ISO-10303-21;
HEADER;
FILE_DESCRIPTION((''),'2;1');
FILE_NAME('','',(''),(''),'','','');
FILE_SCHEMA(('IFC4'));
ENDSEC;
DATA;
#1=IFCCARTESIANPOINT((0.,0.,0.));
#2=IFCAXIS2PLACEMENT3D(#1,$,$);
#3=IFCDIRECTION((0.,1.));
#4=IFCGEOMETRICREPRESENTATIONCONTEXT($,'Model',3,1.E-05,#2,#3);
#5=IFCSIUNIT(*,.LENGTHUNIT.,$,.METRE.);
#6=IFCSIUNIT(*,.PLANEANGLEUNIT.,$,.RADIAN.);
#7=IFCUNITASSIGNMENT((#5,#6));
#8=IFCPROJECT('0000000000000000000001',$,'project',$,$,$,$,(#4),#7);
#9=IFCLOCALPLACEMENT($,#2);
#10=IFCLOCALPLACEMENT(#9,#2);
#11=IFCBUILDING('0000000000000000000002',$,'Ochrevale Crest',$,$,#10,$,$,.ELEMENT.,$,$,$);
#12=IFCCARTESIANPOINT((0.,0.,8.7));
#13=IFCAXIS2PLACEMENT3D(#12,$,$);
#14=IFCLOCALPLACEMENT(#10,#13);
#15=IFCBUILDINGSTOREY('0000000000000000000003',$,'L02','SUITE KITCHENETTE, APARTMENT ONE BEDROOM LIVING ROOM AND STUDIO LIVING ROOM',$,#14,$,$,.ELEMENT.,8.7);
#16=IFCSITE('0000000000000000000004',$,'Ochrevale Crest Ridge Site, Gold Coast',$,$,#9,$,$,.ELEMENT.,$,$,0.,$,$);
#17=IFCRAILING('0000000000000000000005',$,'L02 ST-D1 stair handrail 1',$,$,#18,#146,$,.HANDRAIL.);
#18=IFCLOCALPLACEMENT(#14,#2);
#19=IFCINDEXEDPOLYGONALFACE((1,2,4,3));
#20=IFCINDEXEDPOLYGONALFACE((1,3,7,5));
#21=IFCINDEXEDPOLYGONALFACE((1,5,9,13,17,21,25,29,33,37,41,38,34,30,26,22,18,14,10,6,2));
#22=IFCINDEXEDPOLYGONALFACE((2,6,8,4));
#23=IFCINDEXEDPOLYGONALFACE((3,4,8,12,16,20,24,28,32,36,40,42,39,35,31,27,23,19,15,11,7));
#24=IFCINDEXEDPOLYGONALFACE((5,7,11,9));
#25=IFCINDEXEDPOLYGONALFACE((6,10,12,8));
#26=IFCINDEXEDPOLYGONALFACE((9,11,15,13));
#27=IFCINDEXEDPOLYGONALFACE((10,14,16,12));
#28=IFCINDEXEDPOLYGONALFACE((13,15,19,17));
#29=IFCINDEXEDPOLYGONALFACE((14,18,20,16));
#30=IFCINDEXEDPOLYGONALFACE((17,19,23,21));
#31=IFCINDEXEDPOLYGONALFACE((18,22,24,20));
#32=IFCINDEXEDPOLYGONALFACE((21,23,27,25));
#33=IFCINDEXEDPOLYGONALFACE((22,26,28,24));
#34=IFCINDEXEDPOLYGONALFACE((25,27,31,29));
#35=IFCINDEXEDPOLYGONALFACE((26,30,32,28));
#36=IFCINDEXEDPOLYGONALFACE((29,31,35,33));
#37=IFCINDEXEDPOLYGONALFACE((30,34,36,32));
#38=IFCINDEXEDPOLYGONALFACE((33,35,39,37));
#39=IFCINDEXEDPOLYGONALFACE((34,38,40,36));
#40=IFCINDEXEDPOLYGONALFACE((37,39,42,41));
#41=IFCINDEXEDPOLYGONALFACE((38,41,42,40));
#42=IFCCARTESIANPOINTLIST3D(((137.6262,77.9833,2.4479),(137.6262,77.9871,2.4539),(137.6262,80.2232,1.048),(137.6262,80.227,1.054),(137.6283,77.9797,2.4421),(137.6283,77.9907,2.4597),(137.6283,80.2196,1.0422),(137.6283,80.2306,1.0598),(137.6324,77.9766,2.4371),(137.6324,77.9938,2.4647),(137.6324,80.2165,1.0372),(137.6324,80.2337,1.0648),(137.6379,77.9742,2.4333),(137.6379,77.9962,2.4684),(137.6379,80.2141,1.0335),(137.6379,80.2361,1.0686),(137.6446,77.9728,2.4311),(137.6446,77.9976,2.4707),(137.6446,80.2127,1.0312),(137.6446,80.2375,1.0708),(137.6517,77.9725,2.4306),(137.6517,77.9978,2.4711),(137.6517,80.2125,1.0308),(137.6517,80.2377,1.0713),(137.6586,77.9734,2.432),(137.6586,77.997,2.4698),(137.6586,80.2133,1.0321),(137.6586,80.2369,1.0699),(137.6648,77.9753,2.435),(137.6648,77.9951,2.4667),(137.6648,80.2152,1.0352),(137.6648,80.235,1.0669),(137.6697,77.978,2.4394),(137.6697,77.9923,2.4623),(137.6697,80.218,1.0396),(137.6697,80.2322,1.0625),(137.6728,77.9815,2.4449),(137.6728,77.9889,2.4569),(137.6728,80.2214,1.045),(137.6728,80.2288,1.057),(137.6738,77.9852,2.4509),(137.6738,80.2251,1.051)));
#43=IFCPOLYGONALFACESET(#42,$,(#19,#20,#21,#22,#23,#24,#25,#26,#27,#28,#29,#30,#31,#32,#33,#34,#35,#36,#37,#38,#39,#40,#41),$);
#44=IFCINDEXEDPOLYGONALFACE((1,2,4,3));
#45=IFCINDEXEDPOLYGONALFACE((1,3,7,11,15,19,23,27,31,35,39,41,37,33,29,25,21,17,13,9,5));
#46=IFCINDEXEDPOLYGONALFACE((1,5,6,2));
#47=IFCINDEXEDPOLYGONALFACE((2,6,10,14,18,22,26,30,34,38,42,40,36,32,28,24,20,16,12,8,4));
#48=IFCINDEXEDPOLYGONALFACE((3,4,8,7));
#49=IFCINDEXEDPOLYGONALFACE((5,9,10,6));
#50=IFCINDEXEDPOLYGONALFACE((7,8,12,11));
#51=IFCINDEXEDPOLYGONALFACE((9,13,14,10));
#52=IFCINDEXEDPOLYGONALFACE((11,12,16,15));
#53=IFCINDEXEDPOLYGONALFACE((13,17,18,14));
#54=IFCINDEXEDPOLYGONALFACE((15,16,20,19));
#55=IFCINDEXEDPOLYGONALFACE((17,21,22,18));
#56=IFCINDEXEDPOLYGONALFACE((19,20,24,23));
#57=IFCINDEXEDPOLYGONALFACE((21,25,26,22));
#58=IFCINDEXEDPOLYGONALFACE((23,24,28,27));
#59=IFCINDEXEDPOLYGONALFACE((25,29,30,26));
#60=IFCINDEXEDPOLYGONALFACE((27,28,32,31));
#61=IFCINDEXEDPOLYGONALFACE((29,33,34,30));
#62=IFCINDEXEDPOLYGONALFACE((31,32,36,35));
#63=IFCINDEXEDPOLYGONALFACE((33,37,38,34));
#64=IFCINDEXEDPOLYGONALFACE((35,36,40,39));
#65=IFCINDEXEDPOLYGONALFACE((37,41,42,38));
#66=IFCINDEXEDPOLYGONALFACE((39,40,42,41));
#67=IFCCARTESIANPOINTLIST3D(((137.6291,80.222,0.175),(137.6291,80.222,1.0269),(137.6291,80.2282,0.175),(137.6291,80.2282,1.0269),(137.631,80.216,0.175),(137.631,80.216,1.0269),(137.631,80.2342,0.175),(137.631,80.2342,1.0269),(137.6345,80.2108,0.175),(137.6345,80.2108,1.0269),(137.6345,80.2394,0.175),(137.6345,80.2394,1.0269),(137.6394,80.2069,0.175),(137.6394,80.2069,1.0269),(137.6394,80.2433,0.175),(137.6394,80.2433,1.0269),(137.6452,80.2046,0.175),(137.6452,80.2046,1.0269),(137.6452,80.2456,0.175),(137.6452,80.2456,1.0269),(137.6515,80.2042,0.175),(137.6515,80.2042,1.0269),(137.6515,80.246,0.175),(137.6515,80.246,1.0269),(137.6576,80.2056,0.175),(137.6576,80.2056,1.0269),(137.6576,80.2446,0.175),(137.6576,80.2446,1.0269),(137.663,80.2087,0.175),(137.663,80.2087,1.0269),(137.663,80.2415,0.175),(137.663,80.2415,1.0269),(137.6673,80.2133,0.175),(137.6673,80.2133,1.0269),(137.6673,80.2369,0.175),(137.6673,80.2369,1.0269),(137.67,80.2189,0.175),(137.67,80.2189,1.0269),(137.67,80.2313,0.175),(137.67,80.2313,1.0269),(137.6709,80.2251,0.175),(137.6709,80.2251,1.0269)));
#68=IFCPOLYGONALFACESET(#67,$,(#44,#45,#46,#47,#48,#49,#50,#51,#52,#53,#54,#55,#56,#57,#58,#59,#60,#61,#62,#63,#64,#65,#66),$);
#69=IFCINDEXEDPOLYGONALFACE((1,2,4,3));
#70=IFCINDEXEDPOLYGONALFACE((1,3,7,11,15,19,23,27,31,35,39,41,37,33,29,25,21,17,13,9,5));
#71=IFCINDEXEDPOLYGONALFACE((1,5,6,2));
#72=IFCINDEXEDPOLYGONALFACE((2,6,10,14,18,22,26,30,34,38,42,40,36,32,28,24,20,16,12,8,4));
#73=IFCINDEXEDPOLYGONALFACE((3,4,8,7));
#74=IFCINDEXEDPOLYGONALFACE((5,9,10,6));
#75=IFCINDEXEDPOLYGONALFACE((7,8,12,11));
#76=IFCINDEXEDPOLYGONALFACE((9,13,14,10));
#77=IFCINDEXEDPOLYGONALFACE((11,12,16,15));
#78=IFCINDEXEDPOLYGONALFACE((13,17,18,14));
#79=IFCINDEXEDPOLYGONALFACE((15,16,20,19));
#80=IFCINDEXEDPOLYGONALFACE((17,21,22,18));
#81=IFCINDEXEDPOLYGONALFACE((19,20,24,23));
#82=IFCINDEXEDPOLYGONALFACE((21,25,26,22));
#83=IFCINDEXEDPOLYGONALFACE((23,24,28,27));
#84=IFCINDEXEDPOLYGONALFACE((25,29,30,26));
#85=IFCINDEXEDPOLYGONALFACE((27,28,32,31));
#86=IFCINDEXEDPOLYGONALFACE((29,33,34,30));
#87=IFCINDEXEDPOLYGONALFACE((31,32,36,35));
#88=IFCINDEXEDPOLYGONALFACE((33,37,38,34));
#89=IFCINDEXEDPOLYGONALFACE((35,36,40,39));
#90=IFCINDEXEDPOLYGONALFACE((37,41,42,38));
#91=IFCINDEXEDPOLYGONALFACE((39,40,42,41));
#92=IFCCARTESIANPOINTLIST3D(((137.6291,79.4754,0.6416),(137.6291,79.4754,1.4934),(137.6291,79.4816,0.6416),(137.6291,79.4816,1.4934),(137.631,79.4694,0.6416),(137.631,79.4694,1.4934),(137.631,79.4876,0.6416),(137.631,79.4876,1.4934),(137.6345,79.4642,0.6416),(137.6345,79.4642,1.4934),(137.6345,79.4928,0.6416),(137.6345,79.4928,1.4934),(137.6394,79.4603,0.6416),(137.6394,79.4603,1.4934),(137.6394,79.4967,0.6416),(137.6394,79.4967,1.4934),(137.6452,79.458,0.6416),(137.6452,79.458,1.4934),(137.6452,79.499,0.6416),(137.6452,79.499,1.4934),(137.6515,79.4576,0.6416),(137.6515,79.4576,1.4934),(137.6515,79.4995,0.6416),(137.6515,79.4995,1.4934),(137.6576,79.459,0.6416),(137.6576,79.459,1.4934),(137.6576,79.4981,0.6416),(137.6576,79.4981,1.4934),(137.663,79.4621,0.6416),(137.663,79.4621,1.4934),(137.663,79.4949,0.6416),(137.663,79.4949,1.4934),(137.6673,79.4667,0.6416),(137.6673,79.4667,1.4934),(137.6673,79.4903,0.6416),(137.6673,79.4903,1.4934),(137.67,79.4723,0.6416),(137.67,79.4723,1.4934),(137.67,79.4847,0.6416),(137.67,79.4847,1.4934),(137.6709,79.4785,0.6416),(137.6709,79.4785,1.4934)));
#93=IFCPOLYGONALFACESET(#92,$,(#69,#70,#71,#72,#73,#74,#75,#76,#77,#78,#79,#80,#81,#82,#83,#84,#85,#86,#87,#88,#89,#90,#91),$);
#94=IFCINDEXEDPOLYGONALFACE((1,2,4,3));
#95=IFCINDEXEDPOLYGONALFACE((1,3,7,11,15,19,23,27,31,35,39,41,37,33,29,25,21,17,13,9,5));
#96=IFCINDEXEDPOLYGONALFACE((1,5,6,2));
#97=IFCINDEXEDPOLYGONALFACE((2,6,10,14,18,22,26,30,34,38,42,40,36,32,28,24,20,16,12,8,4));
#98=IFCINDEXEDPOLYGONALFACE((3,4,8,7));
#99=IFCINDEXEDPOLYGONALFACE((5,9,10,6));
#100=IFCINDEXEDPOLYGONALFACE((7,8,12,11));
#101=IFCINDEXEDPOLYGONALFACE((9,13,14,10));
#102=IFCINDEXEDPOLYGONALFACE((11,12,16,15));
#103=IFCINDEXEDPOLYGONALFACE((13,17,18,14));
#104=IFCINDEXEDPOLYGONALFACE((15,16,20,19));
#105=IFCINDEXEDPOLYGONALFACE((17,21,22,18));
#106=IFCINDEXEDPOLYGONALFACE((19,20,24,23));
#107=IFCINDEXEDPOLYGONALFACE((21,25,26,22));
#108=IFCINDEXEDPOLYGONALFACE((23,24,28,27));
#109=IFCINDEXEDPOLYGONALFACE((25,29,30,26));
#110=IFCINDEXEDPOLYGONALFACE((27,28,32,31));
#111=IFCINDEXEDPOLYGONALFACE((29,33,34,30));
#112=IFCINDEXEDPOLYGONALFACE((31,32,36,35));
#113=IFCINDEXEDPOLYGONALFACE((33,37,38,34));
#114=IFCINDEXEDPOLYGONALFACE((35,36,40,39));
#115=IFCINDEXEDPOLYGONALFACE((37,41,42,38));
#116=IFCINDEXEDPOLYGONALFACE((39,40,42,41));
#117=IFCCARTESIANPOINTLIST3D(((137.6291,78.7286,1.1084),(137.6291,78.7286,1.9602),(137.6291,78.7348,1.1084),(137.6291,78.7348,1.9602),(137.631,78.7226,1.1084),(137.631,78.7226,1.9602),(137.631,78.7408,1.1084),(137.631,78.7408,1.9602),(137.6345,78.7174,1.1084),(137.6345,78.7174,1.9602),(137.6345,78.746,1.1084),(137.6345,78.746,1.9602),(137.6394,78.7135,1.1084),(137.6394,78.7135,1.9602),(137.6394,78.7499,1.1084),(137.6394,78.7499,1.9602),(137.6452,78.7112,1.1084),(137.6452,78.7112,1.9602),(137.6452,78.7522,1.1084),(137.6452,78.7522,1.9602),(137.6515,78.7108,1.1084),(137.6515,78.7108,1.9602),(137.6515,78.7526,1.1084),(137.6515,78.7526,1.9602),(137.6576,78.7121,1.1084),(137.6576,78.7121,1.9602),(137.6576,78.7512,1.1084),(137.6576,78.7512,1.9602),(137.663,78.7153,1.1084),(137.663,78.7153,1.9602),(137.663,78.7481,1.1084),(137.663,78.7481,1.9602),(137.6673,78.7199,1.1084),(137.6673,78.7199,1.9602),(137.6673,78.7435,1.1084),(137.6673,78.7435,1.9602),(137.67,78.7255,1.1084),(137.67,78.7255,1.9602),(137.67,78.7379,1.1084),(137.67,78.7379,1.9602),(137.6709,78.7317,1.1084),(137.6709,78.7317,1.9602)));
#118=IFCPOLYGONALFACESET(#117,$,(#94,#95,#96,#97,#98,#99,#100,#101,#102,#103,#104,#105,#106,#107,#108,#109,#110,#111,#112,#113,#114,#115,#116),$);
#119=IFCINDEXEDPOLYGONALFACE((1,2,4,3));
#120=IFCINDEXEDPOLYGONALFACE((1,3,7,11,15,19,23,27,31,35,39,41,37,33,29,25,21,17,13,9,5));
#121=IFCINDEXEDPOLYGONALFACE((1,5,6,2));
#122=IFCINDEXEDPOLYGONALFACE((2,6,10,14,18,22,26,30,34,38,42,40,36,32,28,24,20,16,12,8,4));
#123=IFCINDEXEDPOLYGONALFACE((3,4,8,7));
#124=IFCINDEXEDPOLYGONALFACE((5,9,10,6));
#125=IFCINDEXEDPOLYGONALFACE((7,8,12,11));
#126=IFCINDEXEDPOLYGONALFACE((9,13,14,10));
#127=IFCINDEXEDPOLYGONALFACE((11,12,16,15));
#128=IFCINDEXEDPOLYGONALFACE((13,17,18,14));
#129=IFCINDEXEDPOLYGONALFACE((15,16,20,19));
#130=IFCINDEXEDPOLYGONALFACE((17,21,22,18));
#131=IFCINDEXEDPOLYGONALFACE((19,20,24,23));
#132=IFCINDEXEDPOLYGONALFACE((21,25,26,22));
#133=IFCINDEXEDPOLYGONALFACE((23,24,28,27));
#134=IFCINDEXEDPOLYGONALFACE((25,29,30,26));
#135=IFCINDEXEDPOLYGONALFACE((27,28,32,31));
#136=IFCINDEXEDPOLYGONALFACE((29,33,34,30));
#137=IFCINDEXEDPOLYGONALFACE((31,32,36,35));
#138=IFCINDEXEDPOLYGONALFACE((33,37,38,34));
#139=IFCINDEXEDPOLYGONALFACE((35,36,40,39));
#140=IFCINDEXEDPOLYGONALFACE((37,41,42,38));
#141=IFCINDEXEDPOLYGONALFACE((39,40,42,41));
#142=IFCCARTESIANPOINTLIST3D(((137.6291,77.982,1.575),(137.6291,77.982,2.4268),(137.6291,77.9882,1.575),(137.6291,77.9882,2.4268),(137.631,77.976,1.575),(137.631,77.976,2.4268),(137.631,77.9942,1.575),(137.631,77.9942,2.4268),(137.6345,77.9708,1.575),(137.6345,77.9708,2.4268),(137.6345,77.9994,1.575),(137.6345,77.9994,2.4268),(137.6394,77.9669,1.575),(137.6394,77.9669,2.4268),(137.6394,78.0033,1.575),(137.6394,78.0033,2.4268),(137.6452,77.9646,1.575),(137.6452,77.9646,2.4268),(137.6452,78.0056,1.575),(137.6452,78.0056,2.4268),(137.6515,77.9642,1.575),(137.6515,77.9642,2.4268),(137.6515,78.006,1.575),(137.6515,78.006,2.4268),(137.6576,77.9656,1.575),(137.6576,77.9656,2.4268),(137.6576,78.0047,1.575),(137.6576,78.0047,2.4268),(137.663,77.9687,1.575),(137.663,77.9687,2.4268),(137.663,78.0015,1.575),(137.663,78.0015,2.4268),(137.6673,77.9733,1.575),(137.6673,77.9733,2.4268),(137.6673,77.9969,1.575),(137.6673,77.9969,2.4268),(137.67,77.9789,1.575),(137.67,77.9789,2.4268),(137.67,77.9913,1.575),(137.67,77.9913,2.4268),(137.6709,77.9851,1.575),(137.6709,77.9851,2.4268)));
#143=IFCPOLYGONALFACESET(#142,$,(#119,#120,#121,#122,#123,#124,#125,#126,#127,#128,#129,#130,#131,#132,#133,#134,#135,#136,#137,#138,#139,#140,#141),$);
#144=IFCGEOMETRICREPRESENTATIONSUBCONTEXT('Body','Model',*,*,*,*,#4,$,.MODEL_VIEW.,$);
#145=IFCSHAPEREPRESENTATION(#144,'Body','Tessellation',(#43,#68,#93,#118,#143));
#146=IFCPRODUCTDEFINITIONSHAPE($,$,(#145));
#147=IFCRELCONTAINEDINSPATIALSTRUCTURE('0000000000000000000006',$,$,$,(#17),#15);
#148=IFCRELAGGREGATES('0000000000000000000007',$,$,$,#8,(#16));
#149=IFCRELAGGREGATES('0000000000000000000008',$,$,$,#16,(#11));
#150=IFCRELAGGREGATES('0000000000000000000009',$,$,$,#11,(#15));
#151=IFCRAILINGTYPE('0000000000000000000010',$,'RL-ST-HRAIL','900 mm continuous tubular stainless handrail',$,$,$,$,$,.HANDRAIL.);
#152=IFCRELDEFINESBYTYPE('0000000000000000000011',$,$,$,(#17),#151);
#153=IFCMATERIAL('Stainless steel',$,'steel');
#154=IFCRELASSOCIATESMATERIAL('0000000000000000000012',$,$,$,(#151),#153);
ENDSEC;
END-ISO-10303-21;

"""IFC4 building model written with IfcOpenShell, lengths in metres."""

from ifc_helpers import new_model, si_unit, direction, frame, origin, origin_2d, place, context, subcontext, project, spatial, circle, extrude, material, type_object, element, save


model = new_model("IFC4")

# Units and contexts
model_context = context("Model", 3, precision=1e-05, world=origin(), true_north=direction((0.0, 1.0)))
body_context = subcontext(model_context, "Body", "Model", "MODEL_VIEW")
ifc_project = project(units=[si_unit("LENGTHUNIT", "METRE"), si_unit("PLANEANGLEUNIT", "RADIAN")], contexts=[model_context])

# Site, building, storey
site_placement = place(None, origin())
site = spatial("IfcSite", under=ifc_project, at=site_placement, Name="Ochrevale Crest Ridge Site, Gold Coast", CompositionType="ELEMENT", RefElevation=0.0)
building_placement = place(site_placement, origin())
building = spatial("IfcBuilding", under=site, at=building_placement, Name="Ochrevale Crest", CompositionType="ELEMENT")
storey_placement = place(building_placement, frame((0.0, 0.0, 8.7)))
storey = spatial("IfcBuildingStorey", under=building, at=storey_placement, Name="L02", Description="SUITE KITCHENETTE, APARTMENT ONE BEDROOM LIVING ROOM AND STUDIO LIVING ROOM", CompositionType="ELEMENT", Elevation=8.7)

# Railing
ifc_material_1 = material(Name="Stainless steel", Category="steel")
railing_type_1 = type_object("IfcRailingType", Name="RL-ST-HRAIL", Description="900 mm continuous tubular stainless handrail", PredefinedType="HANDRAIL", material=ifc_material_1)
railing_1_placement = place(storey_placement, frame((137.6499, 80.2251, 0.175)))
element("IfcRailing", 1, at=railing_1_placement, inside=storey, type_object=railing_type_1, Name="L02 ST-D1 stair handrail 1", PredefinedType="HANDRAIL", context=body_context, shape_type="SweptSolid", body=[
    extrude(circle(Radius=0.0239, at=origin_2d()), frame((0.0, 0.0, 0.876), z_axis=(0.0, -0.848014, 0.529974), x_axis=(1.0, 0.0, 0.0)), (0.0, 0.0, 1.0), 2.6414),
    extrude(circle(Radius=0.021, at=origin_2d()), origin(), (0.0, 0.0, 1.0), 0.8518),
    extrude(circle(Radius=0.021, at=origin_2d()), frame((0.0, -0.7466, 0.4666)), (0.0, 0.0, 1.0), 0.8518),
    extrude(circle(Radius=0.021, at=origin_2d()), frame((0.0, -1.4934, 0.9333)), (0.0, 0.0, 1.0), 0.8518),
    extrude(circle(Radius=0.021, at=origin_2d()), frame((0.0, -2.24, 1.3999)), (0.0, 0.0, 1.0), 0.8518),
])

save(model, "model.ifc")
